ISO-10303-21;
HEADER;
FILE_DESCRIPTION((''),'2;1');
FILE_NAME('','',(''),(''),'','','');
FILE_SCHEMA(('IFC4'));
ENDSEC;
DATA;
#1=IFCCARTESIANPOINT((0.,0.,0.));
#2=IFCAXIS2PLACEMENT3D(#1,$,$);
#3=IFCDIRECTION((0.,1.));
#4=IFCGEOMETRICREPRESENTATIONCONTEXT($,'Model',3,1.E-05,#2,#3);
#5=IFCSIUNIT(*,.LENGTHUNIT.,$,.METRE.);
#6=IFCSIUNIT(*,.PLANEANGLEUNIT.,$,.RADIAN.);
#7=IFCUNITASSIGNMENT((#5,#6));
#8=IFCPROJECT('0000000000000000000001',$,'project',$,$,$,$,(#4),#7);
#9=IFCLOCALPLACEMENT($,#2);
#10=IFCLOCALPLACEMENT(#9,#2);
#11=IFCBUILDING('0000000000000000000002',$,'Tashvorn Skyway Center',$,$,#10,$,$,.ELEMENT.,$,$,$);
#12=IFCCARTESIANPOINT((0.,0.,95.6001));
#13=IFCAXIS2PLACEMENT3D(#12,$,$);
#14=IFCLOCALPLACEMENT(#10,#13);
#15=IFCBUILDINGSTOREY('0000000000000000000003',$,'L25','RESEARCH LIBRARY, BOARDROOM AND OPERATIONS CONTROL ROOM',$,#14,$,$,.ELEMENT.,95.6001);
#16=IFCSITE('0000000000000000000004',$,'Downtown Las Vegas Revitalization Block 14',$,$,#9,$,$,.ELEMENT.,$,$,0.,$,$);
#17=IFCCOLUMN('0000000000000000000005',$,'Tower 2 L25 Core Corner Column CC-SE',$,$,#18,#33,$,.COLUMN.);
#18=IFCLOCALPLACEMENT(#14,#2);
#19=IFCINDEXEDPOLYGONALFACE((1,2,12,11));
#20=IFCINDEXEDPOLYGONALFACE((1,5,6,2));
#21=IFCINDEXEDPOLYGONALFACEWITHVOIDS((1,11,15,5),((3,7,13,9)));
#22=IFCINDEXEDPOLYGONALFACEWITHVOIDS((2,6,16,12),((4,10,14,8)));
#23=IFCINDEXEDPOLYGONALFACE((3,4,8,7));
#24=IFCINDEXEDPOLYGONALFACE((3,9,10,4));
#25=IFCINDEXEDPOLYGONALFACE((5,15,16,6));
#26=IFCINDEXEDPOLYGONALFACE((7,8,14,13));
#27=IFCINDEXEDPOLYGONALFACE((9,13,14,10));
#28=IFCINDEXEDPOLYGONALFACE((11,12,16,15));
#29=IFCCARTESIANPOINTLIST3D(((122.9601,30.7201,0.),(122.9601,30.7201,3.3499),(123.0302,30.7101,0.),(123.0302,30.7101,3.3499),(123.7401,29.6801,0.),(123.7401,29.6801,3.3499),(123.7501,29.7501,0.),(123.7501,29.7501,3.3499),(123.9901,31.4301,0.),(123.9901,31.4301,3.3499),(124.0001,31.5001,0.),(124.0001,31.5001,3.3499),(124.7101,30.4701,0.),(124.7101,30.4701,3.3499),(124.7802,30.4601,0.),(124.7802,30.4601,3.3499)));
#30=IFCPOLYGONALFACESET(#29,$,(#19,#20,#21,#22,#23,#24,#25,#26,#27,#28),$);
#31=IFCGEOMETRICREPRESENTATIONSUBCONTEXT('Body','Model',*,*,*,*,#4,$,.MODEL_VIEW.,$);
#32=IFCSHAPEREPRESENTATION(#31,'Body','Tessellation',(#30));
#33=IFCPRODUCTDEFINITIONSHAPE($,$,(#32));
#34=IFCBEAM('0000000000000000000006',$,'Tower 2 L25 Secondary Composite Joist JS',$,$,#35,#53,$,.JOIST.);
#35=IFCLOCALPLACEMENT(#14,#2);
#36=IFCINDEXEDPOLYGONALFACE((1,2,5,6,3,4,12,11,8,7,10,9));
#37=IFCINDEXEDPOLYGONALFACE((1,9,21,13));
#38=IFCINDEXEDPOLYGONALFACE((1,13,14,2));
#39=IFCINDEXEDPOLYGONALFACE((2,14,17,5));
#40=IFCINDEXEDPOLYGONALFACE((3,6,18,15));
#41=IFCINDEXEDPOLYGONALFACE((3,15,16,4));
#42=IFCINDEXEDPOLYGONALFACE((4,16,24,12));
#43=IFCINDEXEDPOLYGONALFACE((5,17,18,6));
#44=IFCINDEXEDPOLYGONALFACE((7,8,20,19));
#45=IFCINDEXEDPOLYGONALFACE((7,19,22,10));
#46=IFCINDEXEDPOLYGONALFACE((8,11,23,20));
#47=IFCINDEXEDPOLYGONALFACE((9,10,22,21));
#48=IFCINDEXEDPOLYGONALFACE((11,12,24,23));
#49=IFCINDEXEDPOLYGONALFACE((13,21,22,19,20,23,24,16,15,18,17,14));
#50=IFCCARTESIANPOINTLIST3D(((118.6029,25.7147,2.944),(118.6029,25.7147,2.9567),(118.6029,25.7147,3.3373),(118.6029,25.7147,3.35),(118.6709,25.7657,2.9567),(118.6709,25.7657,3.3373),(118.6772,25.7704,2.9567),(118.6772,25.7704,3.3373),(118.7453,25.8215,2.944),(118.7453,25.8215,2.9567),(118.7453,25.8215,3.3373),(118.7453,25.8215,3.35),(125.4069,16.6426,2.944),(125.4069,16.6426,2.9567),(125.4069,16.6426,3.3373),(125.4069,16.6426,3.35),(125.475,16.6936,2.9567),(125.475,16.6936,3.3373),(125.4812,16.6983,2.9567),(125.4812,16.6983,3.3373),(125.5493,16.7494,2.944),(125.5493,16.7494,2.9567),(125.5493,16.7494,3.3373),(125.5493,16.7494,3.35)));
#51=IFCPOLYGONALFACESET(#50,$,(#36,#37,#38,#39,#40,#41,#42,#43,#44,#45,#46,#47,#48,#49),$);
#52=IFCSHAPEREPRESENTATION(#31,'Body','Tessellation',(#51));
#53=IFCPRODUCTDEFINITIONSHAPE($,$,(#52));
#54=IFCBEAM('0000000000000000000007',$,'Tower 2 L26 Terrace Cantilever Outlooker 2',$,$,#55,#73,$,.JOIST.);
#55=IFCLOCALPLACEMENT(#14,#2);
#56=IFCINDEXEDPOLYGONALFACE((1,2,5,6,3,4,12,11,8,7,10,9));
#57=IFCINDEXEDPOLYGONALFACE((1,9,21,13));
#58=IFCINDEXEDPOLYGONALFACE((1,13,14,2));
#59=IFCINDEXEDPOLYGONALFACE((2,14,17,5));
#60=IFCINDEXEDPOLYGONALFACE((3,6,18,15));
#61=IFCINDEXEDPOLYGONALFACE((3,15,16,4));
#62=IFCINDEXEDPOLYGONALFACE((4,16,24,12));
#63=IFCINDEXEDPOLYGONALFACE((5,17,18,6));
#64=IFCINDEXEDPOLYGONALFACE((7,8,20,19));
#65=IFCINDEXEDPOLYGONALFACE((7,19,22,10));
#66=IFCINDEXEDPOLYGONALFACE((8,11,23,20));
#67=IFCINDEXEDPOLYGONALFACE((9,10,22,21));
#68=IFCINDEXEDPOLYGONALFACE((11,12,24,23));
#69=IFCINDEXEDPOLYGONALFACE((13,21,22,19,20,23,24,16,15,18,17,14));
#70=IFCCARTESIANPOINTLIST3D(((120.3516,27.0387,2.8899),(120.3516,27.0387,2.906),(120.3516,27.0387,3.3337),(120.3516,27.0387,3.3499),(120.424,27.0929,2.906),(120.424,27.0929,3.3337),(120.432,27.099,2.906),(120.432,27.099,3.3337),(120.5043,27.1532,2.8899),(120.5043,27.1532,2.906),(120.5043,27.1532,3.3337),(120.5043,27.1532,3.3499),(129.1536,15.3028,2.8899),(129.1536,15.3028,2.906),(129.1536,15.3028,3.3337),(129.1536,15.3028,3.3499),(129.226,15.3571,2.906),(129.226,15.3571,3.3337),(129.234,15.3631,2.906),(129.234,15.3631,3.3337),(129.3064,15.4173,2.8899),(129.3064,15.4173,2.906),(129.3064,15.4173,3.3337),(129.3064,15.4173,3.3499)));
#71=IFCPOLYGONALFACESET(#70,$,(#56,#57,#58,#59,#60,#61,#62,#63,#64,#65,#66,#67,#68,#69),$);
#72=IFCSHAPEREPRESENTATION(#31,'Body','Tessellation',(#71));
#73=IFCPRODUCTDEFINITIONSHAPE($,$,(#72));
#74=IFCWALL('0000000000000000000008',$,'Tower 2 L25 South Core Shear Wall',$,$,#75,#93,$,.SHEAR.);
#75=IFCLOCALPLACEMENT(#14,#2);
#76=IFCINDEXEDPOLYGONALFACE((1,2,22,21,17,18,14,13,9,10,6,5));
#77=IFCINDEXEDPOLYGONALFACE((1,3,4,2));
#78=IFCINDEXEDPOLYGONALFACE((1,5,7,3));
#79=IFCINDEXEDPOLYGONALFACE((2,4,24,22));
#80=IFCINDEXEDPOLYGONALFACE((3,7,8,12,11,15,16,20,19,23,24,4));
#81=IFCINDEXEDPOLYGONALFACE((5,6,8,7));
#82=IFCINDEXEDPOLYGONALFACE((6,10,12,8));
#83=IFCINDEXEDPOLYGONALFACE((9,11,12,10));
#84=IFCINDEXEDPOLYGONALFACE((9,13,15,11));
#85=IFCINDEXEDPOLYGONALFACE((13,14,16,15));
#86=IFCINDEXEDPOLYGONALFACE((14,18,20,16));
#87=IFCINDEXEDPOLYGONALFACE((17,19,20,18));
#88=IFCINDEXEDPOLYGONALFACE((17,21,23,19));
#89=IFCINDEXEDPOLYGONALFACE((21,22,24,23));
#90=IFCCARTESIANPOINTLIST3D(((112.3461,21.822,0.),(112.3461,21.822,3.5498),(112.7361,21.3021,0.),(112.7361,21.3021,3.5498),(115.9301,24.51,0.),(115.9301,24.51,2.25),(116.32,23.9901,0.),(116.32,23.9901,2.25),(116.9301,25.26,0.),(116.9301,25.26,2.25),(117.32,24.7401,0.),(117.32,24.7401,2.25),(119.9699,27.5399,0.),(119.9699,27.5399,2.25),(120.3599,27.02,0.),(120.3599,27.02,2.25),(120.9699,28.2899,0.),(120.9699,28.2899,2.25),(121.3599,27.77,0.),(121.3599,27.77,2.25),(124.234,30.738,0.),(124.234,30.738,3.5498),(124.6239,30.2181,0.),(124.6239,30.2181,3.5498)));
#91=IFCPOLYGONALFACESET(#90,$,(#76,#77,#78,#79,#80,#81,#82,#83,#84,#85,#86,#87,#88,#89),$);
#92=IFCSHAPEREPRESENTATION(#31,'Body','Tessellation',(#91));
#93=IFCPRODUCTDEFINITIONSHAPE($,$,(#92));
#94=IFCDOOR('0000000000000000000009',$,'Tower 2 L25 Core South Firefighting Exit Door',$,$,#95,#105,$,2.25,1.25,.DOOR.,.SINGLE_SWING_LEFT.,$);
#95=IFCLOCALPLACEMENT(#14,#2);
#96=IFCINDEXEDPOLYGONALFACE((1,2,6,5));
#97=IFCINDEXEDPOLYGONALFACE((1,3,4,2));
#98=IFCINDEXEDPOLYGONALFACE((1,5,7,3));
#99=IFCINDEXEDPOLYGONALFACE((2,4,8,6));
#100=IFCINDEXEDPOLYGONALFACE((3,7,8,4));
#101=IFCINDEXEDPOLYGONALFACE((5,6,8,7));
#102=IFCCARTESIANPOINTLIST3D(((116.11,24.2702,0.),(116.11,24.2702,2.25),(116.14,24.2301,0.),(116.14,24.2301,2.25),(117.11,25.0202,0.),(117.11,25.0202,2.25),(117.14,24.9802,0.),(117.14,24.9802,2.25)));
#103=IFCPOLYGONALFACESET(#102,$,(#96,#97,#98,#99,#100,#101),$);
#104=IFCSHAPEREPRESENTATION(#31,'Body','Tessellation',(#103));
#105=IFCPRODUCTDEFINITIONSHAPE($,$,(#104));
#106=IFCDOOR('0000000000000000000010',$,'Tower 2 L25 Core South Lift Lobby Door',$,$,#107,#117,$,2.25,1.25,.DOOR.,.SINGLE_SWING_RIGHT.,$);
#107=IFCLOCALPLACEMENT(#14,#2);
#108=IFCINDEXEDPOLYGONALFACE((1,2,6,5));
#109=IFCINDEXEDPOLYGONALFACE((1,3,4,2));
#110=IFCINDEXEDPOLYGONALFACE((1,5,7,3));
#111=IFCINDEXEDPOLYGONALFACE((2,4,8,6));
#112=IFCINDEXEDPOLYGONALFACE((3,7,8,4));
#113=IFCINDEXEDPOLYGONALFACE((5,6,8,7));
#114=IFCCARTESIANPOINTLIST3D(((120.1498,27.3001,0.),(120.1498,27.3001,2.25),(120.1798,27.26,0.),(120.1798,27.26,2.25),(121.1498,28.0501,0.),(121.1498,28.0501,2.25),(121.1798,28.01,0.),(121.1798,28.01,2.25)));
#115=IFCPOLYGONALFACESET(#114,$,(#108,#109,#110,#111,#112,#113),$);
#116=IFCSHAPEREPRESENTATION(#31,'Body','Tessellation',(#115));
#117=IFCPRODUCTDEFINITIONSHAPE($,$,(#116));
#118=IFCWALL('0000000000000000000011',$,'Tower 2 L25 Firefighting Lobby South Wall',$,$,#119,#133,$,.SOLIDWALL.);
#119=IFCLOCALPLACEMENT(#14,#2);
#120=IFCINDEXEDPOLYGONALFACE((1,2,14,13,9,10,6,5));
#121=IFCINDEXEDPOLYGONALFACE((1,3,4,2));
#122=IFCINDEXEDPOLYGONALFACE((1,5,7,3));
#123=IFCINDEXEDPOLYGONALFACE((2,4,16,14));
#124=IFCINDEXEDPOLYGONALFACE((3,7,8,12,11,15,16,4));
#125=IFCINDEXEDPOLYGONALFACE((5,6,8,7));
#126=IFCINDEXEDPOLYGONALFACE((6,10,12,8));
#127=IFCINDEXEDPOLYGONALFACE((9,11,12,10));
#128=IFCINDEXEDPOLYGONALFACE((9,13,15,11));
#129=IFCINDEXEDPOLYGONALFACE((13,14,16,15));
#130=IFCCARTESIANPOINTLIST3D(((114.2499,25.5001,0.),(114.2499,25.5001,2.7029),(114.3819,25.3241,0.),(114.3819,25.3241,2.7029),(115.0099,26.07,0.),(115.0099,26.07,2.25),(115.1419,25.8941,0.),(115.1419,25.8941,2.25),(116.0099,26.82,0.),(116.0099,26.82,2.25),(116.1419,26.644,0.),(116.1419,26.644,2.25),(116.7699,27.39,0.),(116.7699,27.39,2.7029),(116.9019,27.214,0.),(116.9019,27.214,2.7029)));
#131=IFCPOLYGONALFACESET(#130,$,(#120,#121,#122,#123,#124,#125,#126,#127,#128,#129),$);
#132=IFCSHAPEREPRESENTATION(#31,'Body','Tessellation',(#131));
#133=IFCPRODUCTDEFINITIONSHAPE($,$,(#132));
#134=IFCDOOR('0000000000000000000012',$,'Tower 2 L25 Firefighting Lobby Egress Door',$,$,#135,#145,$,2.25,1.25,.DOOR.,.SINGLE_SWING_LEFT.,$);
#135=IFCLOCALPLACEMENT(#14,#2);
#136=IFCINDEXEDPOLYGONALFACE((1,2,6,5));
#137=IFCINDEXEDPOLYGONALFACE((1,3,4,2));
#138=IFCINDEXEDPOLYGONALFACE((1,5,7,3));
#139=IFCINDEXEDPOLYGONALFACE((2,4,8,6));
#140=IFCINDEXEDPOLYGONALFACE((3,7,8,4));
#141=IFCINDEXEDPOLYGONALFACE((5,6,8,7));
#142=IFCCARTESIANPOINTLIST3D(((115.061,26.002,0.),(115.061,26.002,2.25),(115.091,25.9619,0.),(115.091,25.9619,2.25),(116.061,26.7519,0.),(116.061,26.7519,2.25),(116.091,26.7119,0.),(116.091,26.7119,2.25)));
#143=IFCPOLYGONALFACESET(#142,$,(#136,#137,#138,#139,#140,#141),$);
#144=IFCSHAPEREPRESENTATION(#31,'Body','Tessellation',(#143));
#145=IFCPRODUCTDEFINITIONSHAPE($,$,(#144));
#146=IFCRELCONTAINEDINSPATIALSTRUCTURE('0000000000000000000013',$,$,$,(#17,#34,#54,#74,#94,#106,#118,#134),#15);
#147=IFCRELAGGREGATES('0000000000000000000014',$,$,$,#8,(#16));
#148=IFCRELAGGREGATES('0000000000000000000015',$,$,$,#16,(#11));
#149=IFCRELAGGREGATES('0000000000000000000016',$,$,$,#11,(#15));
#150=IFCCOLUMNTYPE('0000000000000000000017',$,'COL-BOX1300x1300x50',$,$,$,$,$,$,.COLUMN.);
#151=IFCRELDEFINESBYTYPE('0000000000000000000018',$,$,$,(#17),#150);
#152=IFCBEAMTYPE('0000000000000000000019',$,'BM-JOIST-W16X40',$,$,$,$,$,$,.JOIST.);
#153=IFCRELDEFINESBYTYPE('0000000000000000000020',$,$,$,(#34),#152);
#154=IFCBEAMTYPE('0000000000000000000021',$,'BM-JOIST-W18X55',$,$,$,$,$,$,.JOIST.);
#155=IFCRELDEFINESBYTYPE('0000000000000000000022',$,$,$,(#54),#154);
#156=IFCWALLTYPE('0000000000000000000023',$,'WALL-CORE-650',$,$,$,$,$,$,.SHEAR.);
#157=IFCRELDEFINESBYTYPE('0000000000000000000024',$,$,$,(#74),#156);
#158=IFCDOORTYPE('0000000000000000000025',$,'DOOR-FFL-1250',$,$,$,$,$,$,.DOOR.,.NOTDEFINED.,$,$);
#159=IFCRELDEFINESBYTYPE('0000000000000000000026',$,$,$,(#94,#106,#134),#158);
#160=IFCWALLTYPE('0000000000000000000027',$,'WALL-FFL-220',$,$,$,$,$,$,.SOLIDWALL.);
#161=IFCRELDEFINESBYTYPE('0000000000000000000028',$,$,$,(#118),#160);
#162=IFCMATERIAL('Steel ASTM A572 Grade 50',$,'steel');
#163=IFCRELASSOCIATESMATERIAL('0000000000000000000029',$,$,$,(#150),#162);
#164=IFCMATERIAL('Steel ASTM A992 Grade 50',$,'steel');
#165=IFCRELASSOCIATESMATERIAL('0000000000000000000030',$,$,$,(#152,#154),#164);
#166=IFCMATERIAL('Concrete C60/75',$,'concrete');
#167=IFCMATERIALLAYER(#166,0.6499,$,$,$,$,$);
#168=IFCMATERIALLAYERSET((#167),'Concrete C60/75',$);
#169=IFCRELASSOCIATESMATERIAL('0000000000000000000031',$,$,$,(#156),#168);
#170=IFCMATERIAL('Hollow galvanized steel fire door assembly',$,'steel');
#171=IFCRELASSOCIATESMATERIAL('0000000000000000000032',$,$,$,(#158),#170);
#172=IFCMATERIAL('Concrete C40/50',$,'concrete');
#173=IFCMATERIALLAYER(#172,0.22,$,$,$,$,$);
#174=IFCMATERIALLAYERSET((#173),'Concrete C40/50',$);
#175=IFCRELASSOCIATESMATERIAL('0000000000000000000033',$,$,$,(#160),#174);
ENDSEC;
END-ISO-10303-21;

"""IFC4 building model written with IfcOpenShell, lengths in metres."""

from ifc_helpers import new_model, si_unit, direction, frame, frame_2d, origin, origin_2d, place, context, subcontext, project, spatial, rectangle, hollow_rectangle, i_section, extrude, material, layer, layer_set, material_profile, profile_set, type_object, element, fill, save


model = new_model("IFC4")

# Units and contexts
model_context = context("Model", 3, precision=1e-05, world=origin(), true_north=direction((0.0, 1.0)))
body_context = subcontext(model_context, "Body", "Model", "MODEL_VIEW")
ifc_project = project(units=[si_unit("LENGTHUNIT", "METRE"), si_unit("PLANEANGLEUNIT", "RADIAN")], contexts=[model_context])

# Site, building, storey
site_placement = place(None, origin())
site = spatial("IfcSite", under=ifc_project, at=site_placement, Name="Downtown Las Vegas Revitalization Block 14", CompositionType="ELEMENT", RefElevation=0.0)
building_placement = place(site_placement, origin())
building = spatial("IfcBuilding", under=site, at=building_placement, Name="Tashvorn Skyway Center", CompositionType="ELEMENT")
storey_placement = place(building_placement, frame((0.0, 0.0, 95.6001)))
storey = spatial("IfcBuildingStorey", under=building, at=storey_placement, Name="L25", Description="RESEARCH LIBRARY, BOARDROOM AND OPERATIONS CONTROL ROOM", CompositionType="ELEMENT", Elevation=95.6001)

# Column
ifc_material_1 = material(Name="Steel ASTM A572 Grade 50", Category="steel")
ifc_material_profile_1 = material_profile(ifc_material_1, hollow_rectangle(XDim=1.3, YDim=1.3, WallThickness=0.05, at=origin_2d()), Name="BOX1300x1300x50")
ifc_profile_set_1 = profile_set([ifc_material_profile_1], Name="Steel ASTM A572 Grade 50")
column_type = type_object("IfcColumnType", Name="COL-BOX1300x1300x50", PredefinedType="COLUMN", material=ifc_profile_set_1)
column_placement = place(storey_placement, frame((123.8701, 30.5901, 0.0), z_axis=(0.0, 0.0, 1.0), x_axis=(0.8, 0.6, 0.0)))
element("IfcColumn", 1, at=column_placement, inside=storey, type_object=column_type, Name="Tower 2 L25 Core Corner Column CC-SE", PredefinedType="COLUMN", context=body_context, shape_type="SweptSolid", body=[
    extrude(hollow_rectangle(XDim=1.3, YDim=1.3, WallThickness=0.05, at=origin_2d()), origin(), (0.0, 0.0, 1.0), 3.3499),
])

# Beams
ifc_material_2 = material(Name="Steel ASTM A992 Grade 50", Category="steel")
ifc_material_profile_2 = material_profile(ifc_material_2, i_section(OverallWidth=0.178, OverallDepth=0.406, WebThickness=0.0078, FlangeThickness=0.0127, at=origin_2d()), Name="W16X40")
ifc_profile_set_2 = profile_set([ifc_material_profile_2], Name="Steel ASTM A992 Grade 50")
beam_type_1 = type_object("IfcBeamType", Name="BM-JOIST-W16X40", PredefinedType="JOIST", material=ifc_profile_set_2)
beam_1_placement = place(storey_placement, frame((118.6741, 25.7681, 3.147), z_axis=(0.599997, -0.800003, 0.0), x_axis=(0.800003, 0.599997, 0.0)))
element("IfcBeam", 2, at=beam_1_placement, inside=storey, type_object=beam_type_1, Name="Tower 2 L25 Secondary Composite Joist JS", PredefinedType="JOIST", context=body_context, shape_type="SweptSolid", body=[
    extrude(i_section(OverallWidth=0.178, OverallDepth=0.406, WebThickness=0.0078, FlangeThickness=0.0127, at=origin_2d()), origin(), (0.0, 0.0, 1.0), 11.3401),
])
ifc_material_profile_3 = material_profile(ifc_material_2, i_section(OverallWidth=0.1909, OverallDepth=0.46, WebThickness=0.01, FlangeThickness=0.0161, at=origin_2d()), Name="W18X55")
ifc_profile_set_3 = profile_set([ifc_material_profile_3], Name="Steel ASTM A992 Grade 50")
beam_type_2 = type_object("IfcBeamType", Name="BM-JOIST-W18X55", PredefinedType="JOIST", material=ifc_profile_set_3)
beam_2_placement = place(storey_placement, frame((120.428, 27.0959, 3.1199), z_axis=(0.600005, -0.799996, 0.0), x_axis=(0.799996, 0.600005, 0.0)))
element("IfcBeam", 3, at=beam_2_placement, inside=storey, type_object=beam_type_2, Name="Tower 2 L26 Terrace Cantilever Outlooker 2", PredefinedType="JOIST", context=body_context, shape_type="SweptSolid", body=[
    extrude(i_section(OverallWidth=0.1909, OverallDepth=0.46, WebThickness=0.01, FlangeThickness=0.0161, at=origin_2d()), origin(), (0.0, 0.0, 1.0), 14.6699),
])

# Wall, openings, doors
ifc_material_3 = material(Name="Concrete C60/75", Category="concrete")
ifc_layer_1 = layer(ifc_material_3, 0.6499)
ifc_layer_set_1 = layer_set([ifc_layer_1], Name="Concrete C60/75")
wall_type_1 = type_object("IfcWallType", Name="WALL-CORE-650", PredefinedType="SHEAR", material=ifc_layer_set_1)
wall_1_placement = place(storey_placement, frame((124.429, 30.478, 0.0), z_axis=(0.0, 0.0, 1.0), x_axis=(-0.799998, -0.600003, 0.0)))
wall_1 = element("IfcWall", 4, at=wall_1_placement, inside=storey, type_object=wall_type_1, Name="Tower 2 L25 South Core Shear Wall", PredefinedType="SHEAR", context=body_context, shape_type="SweptSolid", body=[
    extrude(rectangle(XDim=14.8599, YDim=0.6499, at=frame_2d((7.4299, 0.0))), origin(), (0.0, 0.0, 1.0), 3.5498),
])
opening_1_placement = place(wall_1_placement, frame((9.1299, 0.0, 0.0)))
opening_1 = element("IfcOpeningElement", 5, at=opening_1_placement, cuts=wall_1, PredefinedType="OPENING", context=body_context, shape_type="SweptSolid", body=[
    extrude(rectangle(XDim=1.25, YDim=2.25, at=frame_2d((0.625, 1.125))), frame((0.0, 0.335, 0.0), z_axis=(0.0, -1.0, 0.0), x_axis=(1.0, 0.0, 0.0)), (0.0, 0.0, 1.0), 0.6699),
])
opening_2_placement = place(wall_1_placement, frame((4.0801, 0.0, 0.0)))
opening_2 = element("IfcOpeningElement", 6, at=opening_2_placement, cuts=wall_1, PredefinedType="OPENING", context=body_context, shape_type="SweptSolid", body=[
    extrude(rectangle(XDim=1.25, YDim=2.25, at=frame_2d((0.625, 1.125))), frame((0.0, 0.335, 0.0), z_axis=(0.0, -1.0, 0.0), x_axis=(1.0, 0.0, 0.0)), (0.0, 0.0, 1.0), 0.6699),
])
ifc_material_4 = material(Name="Hollow galvanized steel fire door assembly", Category="steel")
door_type_1 = type_object("IfcDoorType", Name="DOOR-FFL-1250", OperationType="NOTDEFINED", PredefinedType="DOOR", material=ifc_material_4)
door_1_placement = place(opening_1_placement, origin())
door_1 = element("IfcDoor", 7, at=door_1_placement, inside=storey, type_object=door_type_1, Name="Tower 2 L25 Core South Firefighting Exit Door", OperationType="SINGLE_SWING_LEFT", OverallHeight=2.25, OverallWidth=1.25, PredefinedType="DOOR", context=body_context, shape_type="SweptSolid", body=[
    extrude(rectangle(XDim=1.25, YDim=2.25, at=frame_2d((0.625, 1.125))), frame((0.0, 0.0249, 0.0), z_axis=(0.0, -1.0, 0.0), x_axis=(1.0, 0.0, 0.0)), (0.0, 0.0, 1.0), 0.05),
])
fill(opening_1, door_1)
door_2_placement = place(opening_2_placement, origin())
door_2 = element("IfcDoor", 8, at=door_2_placement, inside=storey, type_object=door_type_1, Name="Tower 2 L25 Core South Lift Lobby Door", OperationType="SINGLE_SWING_RIGHT", OverallHeight=2.25, OverallWidth=1.25, PredefinedType="DOOR", context=body_context, shape_type="SweptSolid", body=[
    extrude(rectangle(XDim=1.25, YDim=2.25, at=frame_2d((0.625, 1.125))), frame((0.0, 0.0249, 0.0), z_axis=(0.0, -1.0, 0.0), x_axis=(1.0, 0.0, 0.0)), (0.0, 0.0, 1.0), 0.05),
])
fill(opening_2, door_2)

# Wall, opening, door
ifc_material_5 = material(Name="Concrete C40/50", Category="concrete")
ifc_layer_2 = layer(ifc_material_5, 0.22)
ifc_layer_set_2 = layer_set([ifc_layer_2], Name="Concrete C40/50")
wall_type_2 = type_object("IfcWallType", Name="WALL-FFL-220", PredefinedType="SOLIDWALL", material=ifc_layer_set_2)
wall_2_placement = place(storey_placement, frame((114.3159, 25.4121, 0.0), z_axis=(0.0, 0.0, 1.0), x_axis=(0.800019, 0.599975, 0.0)))
wall_2 = element("IfcWall", 9, at=wall_2_placement, inside=storey, type_object=wall_type_2, Name="Tower 2 L25 Firefighting Lobby South Wall", PredefinedType="SOLIDWALL", context=body_context, shape_type="SweptSolid", body=[
    extrude(rectangle(XDim=3.1499, YDim=0.22, at=frame_2d((1.575, 0.0))), origin(), (0.0, 0.0, 1.0), 2.7029),
])
opening_3_placement = place(wall_2_placement, frame((0.95, 0.0, 0.0)))
opening_3 = element("IfcOpeningElement", 10, at=opening_3_placement, cuts=wall_2, PredefinedType="OPENING", context=body_context, shape_type="SweptSolid", body=[
    extrude(rectangle(XDim=1.25, YDim=2.25, at=frame_2d((0.625, 1.125))), frame((0.0, 0.1199, 0.0), z_axis=(0.0, -1.0, 0.0), x_axis=(1.0, 0.0, 0.0)), (0.0, 0.0, 1.0), 0.24),
])
door_3_placement = place(opening_3_placement, origin())
door_3 = element("IfcDoor", 11, at=door_3_placement, inside=storey, type_object=door_type_1, Name="Tower 2 L25 Firefighting Lobby Egress Door", OperationType="SINGLE_SWING_LEFT", OverallHeight=2.25, OverallWidth=1.25, PredefinedType="DOOR", context=body_context, shape_type="SweptSolid", body=[
    extrude(rectangle(XDim=1.25, YDim=2.25, at=frame_2d((0.625, 1.125))), frame((0.0, 0.0249, 0.0), z_axis=(0.0, -1.0, 0.0), x_axis=(1.0, 0.0, 0.0)), (0.0, 0.0, 1.0), 0.05),
])
fill(opening_3, door_3)

save(model, "model.ifc")
